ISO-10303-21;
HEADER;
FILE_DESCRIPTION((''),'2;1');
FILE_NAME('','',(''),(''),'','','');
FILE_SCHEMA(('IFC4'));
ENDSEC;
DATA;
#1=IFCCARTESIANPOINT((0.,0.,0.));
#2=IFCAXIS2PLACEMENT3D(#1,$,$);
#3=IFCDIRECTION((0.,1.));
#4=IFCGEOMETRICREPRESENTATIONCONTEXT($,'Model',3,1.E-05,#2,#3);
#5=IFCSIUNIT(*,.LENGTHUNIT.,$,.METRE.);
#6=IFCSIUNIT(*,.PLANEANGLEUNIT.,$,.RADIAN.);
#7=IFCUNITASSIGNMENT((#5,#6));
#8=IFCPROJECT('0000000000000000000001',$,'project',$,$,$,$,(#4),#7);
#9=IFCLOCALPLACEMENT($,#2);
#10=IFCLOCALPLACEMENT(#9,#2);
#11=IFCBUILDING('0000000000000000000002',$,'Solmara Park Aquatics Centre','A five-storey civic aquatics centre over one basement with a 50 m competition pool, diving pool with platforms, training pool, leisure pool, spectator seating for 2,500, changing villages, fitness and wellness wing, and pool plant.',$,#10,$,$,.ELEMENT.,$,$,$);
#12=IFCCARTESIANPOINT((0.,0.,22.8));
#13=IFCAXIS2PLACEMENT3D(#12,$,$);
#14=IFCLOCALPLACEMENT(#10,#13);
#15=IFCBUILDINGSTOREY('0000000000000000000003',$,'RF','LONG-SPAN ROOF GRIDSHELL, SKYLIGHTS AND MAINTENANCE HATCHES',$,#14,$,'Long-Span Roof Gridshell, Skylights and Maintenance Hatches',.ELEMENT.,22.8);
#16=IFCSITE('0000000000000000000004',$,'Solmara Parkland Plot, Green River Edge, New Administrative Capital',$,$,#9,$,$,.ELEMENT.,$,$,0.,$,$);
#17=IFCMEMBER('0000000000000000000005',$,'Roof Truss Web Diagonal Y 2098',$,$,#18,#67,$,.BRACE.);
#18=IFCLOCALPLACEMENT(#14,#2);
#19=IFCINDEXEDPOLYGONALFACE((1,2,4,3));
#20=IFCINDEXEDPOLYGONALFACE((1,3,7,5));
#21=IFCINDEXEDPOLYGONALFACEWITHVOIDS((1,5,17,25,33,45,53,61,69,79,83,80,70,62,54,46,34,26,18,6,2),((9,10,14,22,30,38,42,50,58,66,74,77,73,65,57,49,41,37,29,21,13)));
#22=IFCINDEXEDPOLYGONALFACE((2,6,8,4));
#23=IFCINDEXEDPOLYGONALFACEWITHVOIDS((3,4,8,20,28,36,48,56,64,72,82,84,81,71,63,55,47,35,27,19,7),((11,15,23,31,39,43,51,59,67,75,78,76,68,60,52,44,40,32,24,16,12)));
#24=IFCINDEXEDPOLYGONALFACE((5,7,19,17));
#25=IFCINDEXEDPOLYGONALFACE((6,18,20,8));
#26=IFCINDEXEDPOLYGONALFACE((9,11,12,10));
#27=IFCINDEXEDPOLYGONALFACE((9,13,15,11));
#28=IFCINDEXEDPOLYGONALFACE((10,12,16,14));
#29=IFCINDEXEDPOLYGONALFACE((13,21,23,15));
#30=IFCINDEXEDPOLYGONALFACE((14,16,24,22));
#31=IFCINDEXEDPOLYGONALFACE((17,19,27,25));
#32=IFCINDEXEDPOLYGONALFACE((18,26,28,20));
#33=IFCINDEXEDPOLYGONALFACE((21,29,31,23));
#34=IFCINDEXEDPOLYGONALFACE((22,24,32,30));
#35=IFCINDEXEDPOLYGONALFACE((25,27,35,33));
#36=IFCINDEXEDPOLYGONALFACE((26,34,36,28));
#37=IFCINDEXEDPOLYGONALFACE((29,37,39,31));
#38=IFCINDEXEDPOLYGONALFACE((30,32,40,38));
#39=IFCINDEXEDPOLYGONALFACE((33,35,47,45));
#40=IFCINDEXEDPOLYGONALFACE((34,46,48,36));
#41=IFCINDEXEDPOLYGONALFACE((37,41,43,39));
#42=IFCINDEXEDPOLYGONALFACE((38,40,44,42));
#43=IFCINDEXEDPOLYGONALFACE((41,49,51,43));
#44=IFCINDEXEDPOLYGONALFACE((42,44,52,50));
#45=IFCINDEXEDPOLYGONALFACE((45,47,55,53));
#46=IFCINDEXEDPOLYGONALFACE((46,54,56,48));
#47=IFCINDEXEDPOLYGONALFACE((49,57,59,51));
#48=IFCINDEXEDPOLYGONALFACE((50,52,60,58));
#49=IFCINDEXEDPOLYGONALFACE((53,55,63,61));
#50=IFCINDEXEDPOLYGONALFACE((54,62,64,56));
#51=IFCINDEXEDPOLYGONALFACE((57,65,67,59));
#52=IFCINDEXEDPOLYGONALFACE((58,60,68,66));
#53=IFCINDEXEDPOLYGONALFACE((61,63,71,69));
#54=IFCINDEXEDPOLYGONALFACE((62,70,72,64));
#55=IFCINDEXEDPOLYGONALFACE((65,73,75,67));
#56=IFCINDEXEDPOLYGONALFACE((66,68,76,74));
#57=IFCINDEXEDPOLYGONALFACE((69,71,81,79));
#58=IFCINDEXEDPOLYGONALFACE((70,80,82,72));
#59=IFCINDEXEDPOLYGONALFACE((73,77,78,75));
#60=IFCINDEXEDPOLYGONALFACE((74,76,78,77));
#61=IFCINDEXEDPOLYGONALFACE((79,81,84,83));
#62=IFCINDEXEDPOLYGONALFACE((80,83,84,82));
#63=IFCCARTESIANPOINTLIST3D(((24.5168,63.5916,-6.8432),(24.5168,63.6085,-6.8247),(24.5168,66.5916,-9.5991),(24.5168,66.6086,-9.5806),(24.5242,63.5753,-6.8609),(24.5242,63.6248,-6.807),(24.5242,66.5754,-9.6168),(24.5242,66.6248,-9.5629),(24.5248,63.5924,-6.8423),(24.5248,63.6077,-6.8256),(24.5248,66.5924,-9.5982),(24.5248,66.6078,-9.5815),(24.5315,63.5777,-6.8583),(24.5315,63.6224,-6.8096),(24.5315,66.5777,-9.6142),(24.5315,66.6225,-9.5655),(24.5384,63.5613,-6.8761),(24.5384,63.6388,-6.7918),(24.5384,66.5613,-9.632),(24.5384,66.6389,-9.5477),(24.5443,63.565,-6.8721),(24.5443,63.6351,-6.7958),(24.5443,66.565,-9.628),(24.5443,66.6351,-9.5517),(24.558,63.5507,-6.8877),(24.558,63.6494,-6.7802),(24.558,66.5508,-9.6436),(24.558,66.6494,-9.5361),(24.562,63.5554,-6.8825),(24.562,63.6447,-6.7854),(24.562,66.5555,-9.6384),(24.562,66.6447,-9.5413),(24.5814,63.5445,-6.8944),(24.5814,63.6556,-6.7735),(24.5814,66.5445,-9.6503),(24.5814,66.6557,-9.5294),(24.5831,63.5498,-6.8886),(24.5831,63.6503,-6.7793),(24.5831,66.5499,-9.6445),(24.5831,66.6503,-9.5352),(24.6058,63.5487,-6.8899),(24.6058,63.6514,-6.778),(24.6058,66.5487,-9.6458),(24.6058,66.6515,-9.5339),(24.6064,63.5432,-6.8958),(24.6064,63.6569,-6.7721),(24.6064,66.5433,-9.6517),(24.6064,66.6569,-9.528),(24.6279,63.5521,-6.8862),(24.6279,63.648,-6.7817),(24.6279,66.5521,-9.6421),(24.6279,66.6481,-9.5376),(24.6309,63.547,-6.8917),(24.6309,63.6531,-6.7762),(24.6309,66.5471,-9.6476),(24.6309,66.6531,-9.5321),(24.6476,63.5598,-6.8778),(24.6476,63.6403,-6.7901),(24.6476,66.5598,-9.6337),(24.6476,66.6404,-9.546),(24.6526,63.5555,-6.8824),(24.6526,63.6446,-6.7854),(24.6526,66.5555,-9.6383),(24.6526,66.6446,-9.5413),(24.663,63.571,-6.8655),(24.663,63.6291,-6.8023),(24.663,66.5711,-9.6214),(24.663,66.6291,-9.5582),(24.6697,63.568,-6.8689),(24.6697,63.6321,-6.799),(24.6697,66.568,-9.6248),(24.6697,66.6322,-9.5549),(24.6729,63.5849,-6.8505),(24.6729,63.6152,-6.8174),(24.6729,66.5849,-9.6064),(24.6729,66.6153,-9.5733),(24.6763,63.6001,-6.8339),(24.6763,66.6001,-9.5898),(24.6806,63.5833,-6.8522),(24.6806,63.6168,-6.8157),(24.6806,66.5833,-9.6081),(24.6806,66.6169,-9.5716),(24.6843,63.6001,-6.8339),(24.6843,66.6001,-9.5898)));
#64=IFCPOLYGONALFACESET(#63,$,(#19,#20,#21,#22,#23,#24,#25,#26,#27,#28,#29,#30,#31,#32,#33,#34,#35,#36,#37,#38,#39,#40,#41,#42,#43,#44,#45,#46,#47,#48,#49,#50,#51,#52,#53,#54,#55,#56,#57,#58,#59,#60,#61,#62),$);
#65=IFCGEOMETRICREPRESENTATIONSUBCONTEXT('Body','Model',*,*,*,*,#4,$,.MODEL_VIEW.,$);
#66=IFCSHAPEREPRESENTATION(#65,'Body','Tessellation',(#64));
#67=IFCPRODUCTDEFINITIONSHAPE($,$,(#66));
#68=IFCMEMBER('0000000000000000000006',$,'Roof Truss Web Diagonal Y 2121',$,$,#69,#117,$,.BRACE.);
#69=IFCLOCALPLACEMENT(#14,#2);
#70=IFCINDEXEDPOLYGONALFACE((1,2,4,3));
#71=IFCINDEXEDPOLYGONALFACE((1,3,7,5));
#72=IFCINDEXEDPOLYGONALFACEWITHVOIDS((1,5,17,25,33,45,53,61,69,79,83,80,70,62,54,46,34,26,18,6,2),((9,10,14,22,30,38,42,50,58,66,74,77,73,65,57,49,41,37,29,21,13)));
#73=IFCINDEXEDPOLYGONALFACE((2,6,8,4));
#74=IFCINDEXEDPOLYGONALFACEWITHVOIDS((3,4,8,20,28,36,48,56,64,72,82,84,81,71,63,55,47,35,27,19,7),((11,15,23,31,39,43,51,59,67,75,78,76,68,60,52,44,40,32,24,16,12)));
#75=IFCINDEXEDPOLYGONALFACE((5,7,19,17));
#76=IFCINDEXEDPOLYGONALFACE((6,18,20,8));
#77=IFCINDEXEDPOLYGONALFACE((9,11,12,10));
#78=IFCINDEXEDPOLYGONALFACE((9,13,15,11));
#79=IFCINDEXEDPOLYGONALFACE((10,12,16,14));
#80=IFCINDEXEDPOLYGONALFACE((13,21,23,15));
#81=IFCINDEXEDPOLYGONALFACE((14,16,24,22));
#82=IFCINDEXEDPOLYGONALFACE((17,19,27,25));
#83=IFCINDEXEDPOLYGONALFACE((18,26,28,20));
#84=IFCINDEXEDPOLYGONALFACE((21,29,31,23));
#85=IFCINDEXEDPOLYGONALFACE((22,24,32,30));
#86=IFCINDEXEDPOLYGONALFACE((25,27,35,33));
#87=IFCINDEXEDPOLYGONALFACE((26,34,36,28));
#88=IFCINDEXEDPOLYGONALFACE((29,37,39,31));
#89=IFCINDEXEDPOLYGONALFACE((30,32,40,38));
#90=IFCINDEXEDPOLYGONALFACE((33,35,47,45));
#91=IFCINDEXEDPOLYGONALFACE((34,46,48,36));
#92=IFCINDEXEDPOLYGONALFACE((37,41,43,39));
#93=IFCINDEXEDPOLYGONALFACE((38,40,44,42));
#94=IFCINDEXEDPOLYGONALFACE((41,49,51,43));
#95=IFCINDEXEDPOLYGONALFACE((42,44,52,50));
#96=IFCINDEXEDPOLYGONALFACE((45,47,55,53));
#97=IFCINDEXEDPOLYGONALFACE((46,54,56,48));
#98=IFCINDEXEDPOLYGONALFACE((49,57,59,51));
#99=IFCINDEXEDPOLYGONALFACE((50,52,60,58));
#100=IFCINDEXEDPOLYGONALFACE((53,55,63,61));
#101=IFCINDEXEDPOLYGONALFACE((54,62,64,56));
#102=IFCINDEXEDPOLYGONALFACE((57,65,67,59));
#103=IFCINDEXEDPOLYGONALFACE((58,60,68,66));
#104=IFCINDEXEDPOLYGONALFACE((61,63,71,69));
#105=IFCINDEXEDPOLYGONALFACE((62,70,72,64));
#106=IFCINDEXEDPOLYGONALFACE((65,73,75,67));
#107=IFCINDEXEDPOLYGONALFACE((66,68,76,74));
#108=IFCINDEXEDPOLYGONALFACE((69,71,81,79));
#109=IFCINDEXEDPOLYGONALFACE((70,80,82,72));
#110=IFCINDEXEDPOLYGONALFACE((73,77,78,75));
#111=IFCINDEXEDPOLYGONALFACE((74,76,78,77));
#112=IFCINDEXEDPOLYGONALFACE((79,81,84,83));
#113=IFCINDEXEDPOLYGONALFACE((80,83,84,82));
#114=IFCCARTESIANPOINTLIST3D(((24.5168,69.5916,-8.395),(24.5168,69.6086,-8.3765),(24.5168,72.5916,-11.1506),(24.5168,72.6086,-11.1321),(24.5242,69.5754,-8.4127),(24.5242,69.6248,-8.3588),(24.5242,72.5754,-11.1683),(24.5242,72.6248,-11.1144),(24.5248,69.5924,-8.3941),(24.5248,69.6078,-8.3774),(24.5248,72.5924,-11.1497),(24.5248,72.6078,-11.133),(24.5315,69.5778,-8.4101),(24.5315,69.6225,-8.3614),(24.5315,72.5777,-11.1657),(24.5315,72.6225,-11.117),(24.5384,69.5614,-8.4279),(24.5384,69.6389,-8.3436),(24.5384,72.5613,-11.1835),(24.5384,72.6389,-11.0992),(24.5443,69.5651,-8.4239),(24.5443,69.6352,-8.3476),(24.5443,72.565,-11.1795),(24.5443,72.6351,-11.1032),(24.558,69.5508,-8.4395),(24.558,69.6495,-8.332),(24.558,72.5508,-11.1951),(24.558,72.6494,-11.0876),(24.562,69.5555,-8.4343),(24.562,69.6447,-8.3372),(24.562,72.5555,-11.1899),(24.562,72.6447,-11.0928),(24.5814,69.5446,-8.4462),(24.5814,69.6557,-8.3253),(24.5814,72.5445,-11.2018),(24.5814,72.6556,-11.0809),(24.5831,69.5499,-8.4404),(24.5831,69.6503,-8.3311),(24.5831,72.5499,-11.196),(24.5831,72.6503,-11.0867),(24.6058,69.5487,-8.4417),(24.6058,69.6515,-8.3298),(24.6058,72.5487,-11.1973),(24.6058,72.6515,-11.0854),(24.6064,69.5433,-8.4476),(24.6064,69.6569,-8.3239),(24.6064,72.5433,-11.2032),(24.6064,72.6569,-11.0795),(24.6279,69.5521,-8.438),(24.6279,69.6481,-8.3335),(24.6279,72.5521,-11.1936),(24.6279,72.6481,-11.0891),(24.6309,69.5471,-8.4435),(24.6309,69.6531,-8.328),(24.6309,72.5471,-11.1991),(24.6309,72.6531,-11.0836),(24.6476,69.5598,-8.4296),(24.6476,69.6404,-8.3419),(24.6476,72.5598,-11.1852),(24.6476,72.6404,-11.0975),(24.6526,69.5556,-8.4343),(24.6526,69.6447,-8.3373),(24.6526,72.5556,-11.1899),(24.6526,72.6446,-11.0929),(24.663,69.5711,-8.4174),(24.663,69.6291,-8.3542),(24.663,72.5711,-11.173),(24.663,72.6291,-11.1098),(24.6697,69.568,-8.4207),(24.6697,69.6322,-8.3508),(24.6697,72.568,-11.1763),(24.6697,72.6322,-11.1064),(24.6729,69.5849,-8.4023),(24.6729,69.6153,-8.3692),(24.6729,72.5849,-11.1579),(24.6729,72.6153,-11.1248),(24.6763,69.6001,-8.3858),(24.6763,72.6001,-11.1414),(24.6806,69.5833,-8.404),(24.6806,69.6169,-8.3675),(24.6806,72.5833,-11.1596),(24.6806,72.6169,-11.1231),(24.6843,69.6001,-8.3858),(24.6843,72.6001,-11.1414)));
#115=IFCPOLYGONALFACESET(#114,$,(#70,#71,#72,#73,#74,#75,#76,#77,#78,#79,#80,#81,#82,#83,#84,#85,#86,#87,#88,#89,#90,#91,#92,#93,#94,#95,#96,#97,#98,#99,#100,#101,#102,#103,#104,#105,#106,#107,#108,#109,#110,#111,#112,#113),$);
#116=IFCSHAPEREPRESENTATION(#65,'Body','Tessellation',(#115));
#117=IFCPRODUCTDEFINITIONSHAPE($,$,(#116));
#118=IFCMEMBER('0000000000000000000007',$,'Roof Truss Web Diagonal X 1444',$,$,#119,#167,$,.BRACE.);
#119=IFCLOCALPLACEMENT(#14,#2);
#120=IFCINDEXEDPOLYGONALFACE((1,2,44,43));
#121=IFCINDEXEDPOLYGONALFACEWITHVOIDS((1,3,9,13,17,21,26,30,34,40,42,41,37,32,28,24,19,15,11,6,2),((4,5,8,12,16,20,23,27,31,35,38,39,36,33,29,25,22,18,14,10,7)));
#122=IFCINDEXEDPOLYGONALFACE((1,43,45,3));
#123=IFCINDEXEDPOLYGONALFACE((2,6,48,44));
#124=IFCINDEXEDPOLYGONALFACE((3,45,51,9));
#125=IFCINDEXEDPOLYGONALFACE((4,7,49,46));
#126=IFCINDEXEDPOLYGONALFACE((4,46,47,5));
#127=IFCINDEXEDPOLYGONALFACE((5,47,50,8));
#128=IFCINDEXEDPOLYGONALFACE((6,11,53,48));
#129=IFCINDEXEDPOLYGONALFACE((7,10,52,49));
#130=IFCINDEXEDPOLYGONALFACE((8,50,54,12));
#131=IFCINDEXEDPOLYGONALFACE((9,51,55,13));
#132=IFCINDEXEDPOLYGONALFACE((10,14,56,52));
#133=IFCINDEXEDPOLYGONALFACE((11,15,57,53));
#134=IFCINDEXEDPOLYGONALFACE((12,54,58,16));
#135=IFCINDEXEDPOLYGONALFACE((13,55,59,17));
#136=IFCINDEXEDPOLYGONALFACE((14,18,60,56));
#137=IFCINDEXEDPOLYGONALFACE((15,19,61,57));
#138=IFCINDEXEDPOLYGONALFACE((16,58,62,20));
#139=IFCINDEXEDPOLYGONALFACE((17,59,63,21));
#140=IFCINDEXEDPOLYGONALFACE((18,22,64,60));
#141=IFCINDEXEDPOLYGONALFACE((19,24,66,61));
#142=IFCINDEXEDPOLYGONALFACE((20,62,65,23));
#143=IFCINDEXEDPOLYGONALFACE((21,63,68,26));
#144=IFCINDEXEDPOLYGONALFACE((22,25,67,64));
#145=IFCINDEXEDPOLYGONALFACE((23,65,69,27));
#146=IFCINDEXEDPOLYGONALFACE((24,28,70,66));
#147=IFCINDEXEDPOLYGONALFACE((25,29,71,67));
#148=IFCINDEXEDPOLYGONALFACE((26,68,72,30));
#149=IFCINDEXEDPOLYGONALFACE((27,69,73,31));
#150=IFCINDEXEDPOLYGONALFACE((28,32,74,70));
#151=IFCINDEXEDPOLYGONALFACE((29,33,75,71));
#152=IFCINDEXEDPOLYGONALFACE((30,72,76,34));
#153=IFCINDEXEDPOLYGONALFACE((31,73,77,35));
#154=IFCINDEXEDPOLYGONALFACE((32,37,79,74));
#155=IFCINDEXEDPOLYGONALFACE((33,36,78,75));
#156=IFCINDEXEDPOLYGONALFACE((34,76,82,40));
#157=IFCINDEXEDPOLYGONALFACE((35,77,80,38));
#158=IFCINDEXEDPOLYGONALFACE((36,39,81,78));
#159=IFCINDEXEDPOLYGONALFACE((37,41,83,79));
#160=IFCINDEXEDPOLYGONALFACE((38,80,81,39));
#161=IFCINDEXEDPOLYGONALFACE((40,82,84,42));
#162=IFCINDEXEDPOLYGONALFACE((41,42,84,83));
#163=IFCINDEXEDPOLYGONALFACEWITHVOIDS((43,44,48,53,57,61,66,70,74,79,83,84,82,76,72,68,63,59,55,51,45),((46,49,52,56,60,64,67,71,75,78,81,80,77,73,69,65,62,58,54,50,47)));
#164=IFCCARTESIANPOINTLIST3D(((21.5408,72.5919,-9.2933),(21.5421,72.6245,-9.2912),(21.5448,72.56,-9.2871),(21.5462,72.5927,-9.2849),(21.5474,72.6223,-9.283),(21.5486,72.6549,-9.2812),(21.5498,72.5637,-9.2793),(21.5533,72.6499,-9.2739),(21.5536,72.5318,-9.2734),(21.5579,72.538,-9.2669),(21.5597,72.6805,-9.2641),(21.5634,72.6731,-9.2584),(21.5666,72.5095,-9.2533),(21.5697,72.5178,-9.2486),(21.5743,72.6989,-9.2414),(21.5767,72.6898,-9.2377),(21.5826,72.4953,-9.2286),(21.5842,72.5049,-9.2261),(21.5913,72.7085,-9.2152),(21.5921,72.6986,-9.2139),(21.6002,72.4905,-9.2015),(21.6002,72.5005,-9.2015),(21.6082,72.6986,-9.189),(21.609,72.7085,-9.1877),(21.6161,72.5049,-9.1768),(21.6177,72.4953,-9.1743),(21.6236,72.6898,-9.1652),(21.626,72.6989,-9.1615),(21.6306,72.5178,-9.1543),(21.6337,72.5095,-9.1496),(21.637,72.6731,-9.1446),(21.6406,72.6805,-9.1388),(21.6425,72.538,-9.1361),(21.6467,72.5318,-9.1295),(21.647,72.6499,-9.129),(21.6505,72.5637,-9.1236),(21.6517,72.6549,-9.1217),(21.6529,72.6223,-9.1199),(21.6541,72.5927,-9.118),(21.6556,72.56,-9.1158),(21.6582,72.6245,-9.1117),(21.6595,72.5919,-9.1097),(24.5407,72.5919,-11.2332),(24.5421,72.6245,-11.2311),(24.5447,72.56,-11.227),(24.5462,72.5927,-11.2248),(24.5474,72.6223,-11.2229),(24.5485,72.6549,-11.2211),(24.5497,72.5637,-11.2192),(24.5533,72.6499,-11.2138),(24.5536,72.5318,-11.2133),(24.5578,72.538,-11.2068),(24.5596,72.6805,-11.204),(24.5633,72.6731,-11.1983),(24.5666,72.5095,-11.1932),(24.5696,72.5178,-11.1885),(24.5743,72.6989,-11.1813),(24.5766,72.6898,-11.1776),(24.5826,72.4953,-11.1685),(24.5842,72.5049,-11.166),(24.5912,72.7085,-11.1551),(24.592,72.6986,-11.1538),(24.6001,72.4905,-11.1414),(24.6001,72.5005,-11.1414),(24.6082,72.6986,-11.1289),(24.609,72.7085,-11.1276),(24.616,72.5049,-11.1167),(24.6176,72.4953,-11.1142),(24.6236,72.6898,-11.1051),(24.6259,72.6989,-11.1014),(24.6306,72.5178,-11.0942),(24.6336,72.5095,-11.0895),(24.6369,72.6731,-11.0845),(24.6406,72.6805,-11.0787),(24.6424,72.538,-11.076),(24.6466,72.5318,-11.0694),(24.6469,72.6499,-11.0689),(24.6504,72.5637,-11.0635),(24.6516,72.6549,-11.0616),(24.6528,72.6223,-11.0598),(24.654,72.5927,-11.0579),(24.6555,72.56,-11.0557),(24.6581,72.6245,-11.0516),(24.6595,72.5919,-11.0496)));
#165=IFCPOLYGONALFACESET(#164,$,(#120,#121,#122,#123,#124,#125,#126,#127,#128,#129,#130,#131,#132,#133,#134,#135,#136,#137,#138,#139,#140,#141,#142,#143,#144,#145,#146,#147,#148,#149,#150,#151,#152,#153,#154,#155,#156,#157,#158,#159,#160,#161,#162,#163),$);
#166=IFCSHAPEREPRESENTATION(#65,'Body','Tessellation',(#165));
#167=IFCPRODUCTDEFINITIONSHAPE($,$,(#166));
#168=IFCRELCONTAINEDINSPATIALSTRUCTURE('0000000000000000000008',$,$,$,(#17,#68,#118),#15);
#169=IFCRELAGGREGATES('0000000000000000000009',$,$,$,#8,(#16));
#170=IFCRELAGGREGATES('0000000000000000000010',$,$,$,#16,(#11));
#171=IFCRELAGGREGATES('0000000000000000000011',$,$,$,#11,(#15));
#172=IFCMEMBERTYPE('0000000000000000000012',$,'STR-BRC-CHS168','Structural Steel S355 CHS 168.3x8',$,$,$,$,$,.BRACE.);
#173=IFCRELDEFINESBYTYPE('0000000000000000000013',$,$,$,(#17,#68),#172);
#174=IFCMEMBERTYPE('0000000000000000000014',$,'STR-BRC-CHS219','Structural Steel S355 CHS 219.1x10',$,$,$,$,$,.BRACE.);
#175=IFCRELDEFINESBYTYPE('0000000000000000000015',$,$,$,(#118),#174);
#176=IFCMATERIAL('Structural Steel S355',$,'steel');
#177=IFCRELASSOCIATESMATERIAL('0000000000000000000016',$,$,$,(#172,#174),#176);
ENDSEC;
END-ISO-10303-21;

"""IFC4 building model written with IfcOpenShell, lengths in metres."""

from ifc_helpers import new_model, si_unit, direction, frame, origin, origin_2d, place, context, subcontext, project, spatial, hollow_circle, extrude, material, material_profile, profile_set, type_object, element, save


model = new_model("IFC4")

# Units and contexts
model_context = context("Model", 3, precision=1e-05, world=origin(), true_north=direction((0.0, 1.0)))
body_context = subcontext(model_context, "Body", "Model", "MODEL_VIEW")
ifc_project = project(units=[si_unit("LENGTHUNIT", "METRE"), si_unit("PLANEANGLEUNIT", "RADIAN")], contexts=[model_context])

# Site, building, storey
site_placement = place(None, origin())
site = spatial("IfcSite", under=ifc_project, at=site_placement, Name="Solmara Parkland Plot, Green River Edge, New Administrative Capital", CompositionType="ELEMENT", RefElevation=0.0)
building_placement = place(site_placement, origin())
building = spatial("IfcBuilding", under=site, at=building_placement, Name="Solmara Park Aquatics Centre", Description="A five-storey civic aquatics centre over one basement with a 50 m competition pool, diving pool with platforms, training pool, leisure pool, spectator seating for 2,500, changing villages, fitness and wellness wing, and pool plant.", CompositionType="ELEMENT")
storey_placement = place(building_placement, frame((0.0, 0.0, 22.8)))
storey = spatial("IfcBuildingStorey", under=building, at=storey_placement, Name="RF", Description="LONG-SPAN ROOF GRIDSHELL, SKYLIGHTS AND MAINTENANCE HATCHES", LongName="Long-Span Roof Gridshell, Skylights and Maintenance Hatches", CompositionType="ELEMENT", Elevation=22.8)

# Members
ifc_material_1 = material(Name="Structural Steel S355", Category="steel")
ifc_material_profile_1 = material_profile(ifc_material_1, hollow_circle(Radius=0.0842, WallThickness=0.0081, at=origin_2d()), Name="CHS 168.3x8")
ifc_profile_set_1 = profile_set([ifc_material_profile_1], Name="Structural Steel S355")
member_type_1 = type_object("IfcMemberType", Name="STR-BRC-CHS168", Description="Structural Steel S355 CHS 168.3x8", PredefinedType="BRACE", material=ifc_profile_set_1)
member_1_placement = place(storey_placement, frame((24.6001, 66.6001, -9.5898), z_axis=(0.0, -0.736437, 0.676506), x_axis=(1.0, 0.0, 0.0)))
element("IfcMember", 1, at=member_1_placement, inside=storey, type_object=member_type_1, Name="Roof Truss Web Diagonal Y 2098", PredefinedType="BRACE", context=body_context, shape_type="SweptSolid", body=[
    extrude(hollow_circle(Radius=0.0842, WallThickness=0.0081, at=origin_2d()), origin(), (0.0, 0.0, 1.0), 4.0737),
])
member_2_placement = place(storey_placement, frame((24.6001, 72.6001, -11.1414), z_axis=(0.0, -0.736467, 0.676473), x_axis=(1.0, 0.0, 0.0)))
element("IfcMember", 2, at=member_2_placement, inside=storey, type_object=member_type_1, Name="Roof Truss Web Diagonal Y 2121", PredefinedType="BRACE", context=body_context, shape_type="SweptSolid", body=[
    extrude(hollow_circle(Radius=0.0842, WallThickness=0.0081, at=origin_2d()), origin(), (0.0, 0.0, 1.0), 4.0735),
])
ifc_material_profile_2 = material_profile(ifc_material_1, hollow_circle(Radius=0.1096, WallThickness=0.01, at=origin_2d()), Name="CHS 219.1x10")
ifc_profile_set_2 = profile_set([ifc_material_profile_2], Name="Structural Steel S355")
member_type_2 = type_object("IfcMemberType", Name="STR-BRC-CHS219", Description="Structural Steel S355 CHS 219.1x10", PredefinedType="BRACE", material=ifc_profile_set_2)
for number, where, z_axis, x_axis, name in (
    (3, (24.6001, 72.6001, -11.1414), (-0.839728, 0.0, 0.543008), (0.0, -1.0, 0.0), "Roof Truss Web Diagonal X 1444"),
):
    element("IfcMember", number, at=place(storey_placement, frame(where, z_axis=z_axis, x_axis=x_axis)), inside=storey, type_object=member_type_2, Name=name, PredefinedType="BRACE", context=body_context, shape_type="SweptSolid", body=[
        extrude(hollow_circle(Radius=0.1096, WallThickness=0.01, at=origin_2d()), origin(), (0.0, 0.0, 1.0), 3.5725),
    ])

save(model, "model.ifc")
